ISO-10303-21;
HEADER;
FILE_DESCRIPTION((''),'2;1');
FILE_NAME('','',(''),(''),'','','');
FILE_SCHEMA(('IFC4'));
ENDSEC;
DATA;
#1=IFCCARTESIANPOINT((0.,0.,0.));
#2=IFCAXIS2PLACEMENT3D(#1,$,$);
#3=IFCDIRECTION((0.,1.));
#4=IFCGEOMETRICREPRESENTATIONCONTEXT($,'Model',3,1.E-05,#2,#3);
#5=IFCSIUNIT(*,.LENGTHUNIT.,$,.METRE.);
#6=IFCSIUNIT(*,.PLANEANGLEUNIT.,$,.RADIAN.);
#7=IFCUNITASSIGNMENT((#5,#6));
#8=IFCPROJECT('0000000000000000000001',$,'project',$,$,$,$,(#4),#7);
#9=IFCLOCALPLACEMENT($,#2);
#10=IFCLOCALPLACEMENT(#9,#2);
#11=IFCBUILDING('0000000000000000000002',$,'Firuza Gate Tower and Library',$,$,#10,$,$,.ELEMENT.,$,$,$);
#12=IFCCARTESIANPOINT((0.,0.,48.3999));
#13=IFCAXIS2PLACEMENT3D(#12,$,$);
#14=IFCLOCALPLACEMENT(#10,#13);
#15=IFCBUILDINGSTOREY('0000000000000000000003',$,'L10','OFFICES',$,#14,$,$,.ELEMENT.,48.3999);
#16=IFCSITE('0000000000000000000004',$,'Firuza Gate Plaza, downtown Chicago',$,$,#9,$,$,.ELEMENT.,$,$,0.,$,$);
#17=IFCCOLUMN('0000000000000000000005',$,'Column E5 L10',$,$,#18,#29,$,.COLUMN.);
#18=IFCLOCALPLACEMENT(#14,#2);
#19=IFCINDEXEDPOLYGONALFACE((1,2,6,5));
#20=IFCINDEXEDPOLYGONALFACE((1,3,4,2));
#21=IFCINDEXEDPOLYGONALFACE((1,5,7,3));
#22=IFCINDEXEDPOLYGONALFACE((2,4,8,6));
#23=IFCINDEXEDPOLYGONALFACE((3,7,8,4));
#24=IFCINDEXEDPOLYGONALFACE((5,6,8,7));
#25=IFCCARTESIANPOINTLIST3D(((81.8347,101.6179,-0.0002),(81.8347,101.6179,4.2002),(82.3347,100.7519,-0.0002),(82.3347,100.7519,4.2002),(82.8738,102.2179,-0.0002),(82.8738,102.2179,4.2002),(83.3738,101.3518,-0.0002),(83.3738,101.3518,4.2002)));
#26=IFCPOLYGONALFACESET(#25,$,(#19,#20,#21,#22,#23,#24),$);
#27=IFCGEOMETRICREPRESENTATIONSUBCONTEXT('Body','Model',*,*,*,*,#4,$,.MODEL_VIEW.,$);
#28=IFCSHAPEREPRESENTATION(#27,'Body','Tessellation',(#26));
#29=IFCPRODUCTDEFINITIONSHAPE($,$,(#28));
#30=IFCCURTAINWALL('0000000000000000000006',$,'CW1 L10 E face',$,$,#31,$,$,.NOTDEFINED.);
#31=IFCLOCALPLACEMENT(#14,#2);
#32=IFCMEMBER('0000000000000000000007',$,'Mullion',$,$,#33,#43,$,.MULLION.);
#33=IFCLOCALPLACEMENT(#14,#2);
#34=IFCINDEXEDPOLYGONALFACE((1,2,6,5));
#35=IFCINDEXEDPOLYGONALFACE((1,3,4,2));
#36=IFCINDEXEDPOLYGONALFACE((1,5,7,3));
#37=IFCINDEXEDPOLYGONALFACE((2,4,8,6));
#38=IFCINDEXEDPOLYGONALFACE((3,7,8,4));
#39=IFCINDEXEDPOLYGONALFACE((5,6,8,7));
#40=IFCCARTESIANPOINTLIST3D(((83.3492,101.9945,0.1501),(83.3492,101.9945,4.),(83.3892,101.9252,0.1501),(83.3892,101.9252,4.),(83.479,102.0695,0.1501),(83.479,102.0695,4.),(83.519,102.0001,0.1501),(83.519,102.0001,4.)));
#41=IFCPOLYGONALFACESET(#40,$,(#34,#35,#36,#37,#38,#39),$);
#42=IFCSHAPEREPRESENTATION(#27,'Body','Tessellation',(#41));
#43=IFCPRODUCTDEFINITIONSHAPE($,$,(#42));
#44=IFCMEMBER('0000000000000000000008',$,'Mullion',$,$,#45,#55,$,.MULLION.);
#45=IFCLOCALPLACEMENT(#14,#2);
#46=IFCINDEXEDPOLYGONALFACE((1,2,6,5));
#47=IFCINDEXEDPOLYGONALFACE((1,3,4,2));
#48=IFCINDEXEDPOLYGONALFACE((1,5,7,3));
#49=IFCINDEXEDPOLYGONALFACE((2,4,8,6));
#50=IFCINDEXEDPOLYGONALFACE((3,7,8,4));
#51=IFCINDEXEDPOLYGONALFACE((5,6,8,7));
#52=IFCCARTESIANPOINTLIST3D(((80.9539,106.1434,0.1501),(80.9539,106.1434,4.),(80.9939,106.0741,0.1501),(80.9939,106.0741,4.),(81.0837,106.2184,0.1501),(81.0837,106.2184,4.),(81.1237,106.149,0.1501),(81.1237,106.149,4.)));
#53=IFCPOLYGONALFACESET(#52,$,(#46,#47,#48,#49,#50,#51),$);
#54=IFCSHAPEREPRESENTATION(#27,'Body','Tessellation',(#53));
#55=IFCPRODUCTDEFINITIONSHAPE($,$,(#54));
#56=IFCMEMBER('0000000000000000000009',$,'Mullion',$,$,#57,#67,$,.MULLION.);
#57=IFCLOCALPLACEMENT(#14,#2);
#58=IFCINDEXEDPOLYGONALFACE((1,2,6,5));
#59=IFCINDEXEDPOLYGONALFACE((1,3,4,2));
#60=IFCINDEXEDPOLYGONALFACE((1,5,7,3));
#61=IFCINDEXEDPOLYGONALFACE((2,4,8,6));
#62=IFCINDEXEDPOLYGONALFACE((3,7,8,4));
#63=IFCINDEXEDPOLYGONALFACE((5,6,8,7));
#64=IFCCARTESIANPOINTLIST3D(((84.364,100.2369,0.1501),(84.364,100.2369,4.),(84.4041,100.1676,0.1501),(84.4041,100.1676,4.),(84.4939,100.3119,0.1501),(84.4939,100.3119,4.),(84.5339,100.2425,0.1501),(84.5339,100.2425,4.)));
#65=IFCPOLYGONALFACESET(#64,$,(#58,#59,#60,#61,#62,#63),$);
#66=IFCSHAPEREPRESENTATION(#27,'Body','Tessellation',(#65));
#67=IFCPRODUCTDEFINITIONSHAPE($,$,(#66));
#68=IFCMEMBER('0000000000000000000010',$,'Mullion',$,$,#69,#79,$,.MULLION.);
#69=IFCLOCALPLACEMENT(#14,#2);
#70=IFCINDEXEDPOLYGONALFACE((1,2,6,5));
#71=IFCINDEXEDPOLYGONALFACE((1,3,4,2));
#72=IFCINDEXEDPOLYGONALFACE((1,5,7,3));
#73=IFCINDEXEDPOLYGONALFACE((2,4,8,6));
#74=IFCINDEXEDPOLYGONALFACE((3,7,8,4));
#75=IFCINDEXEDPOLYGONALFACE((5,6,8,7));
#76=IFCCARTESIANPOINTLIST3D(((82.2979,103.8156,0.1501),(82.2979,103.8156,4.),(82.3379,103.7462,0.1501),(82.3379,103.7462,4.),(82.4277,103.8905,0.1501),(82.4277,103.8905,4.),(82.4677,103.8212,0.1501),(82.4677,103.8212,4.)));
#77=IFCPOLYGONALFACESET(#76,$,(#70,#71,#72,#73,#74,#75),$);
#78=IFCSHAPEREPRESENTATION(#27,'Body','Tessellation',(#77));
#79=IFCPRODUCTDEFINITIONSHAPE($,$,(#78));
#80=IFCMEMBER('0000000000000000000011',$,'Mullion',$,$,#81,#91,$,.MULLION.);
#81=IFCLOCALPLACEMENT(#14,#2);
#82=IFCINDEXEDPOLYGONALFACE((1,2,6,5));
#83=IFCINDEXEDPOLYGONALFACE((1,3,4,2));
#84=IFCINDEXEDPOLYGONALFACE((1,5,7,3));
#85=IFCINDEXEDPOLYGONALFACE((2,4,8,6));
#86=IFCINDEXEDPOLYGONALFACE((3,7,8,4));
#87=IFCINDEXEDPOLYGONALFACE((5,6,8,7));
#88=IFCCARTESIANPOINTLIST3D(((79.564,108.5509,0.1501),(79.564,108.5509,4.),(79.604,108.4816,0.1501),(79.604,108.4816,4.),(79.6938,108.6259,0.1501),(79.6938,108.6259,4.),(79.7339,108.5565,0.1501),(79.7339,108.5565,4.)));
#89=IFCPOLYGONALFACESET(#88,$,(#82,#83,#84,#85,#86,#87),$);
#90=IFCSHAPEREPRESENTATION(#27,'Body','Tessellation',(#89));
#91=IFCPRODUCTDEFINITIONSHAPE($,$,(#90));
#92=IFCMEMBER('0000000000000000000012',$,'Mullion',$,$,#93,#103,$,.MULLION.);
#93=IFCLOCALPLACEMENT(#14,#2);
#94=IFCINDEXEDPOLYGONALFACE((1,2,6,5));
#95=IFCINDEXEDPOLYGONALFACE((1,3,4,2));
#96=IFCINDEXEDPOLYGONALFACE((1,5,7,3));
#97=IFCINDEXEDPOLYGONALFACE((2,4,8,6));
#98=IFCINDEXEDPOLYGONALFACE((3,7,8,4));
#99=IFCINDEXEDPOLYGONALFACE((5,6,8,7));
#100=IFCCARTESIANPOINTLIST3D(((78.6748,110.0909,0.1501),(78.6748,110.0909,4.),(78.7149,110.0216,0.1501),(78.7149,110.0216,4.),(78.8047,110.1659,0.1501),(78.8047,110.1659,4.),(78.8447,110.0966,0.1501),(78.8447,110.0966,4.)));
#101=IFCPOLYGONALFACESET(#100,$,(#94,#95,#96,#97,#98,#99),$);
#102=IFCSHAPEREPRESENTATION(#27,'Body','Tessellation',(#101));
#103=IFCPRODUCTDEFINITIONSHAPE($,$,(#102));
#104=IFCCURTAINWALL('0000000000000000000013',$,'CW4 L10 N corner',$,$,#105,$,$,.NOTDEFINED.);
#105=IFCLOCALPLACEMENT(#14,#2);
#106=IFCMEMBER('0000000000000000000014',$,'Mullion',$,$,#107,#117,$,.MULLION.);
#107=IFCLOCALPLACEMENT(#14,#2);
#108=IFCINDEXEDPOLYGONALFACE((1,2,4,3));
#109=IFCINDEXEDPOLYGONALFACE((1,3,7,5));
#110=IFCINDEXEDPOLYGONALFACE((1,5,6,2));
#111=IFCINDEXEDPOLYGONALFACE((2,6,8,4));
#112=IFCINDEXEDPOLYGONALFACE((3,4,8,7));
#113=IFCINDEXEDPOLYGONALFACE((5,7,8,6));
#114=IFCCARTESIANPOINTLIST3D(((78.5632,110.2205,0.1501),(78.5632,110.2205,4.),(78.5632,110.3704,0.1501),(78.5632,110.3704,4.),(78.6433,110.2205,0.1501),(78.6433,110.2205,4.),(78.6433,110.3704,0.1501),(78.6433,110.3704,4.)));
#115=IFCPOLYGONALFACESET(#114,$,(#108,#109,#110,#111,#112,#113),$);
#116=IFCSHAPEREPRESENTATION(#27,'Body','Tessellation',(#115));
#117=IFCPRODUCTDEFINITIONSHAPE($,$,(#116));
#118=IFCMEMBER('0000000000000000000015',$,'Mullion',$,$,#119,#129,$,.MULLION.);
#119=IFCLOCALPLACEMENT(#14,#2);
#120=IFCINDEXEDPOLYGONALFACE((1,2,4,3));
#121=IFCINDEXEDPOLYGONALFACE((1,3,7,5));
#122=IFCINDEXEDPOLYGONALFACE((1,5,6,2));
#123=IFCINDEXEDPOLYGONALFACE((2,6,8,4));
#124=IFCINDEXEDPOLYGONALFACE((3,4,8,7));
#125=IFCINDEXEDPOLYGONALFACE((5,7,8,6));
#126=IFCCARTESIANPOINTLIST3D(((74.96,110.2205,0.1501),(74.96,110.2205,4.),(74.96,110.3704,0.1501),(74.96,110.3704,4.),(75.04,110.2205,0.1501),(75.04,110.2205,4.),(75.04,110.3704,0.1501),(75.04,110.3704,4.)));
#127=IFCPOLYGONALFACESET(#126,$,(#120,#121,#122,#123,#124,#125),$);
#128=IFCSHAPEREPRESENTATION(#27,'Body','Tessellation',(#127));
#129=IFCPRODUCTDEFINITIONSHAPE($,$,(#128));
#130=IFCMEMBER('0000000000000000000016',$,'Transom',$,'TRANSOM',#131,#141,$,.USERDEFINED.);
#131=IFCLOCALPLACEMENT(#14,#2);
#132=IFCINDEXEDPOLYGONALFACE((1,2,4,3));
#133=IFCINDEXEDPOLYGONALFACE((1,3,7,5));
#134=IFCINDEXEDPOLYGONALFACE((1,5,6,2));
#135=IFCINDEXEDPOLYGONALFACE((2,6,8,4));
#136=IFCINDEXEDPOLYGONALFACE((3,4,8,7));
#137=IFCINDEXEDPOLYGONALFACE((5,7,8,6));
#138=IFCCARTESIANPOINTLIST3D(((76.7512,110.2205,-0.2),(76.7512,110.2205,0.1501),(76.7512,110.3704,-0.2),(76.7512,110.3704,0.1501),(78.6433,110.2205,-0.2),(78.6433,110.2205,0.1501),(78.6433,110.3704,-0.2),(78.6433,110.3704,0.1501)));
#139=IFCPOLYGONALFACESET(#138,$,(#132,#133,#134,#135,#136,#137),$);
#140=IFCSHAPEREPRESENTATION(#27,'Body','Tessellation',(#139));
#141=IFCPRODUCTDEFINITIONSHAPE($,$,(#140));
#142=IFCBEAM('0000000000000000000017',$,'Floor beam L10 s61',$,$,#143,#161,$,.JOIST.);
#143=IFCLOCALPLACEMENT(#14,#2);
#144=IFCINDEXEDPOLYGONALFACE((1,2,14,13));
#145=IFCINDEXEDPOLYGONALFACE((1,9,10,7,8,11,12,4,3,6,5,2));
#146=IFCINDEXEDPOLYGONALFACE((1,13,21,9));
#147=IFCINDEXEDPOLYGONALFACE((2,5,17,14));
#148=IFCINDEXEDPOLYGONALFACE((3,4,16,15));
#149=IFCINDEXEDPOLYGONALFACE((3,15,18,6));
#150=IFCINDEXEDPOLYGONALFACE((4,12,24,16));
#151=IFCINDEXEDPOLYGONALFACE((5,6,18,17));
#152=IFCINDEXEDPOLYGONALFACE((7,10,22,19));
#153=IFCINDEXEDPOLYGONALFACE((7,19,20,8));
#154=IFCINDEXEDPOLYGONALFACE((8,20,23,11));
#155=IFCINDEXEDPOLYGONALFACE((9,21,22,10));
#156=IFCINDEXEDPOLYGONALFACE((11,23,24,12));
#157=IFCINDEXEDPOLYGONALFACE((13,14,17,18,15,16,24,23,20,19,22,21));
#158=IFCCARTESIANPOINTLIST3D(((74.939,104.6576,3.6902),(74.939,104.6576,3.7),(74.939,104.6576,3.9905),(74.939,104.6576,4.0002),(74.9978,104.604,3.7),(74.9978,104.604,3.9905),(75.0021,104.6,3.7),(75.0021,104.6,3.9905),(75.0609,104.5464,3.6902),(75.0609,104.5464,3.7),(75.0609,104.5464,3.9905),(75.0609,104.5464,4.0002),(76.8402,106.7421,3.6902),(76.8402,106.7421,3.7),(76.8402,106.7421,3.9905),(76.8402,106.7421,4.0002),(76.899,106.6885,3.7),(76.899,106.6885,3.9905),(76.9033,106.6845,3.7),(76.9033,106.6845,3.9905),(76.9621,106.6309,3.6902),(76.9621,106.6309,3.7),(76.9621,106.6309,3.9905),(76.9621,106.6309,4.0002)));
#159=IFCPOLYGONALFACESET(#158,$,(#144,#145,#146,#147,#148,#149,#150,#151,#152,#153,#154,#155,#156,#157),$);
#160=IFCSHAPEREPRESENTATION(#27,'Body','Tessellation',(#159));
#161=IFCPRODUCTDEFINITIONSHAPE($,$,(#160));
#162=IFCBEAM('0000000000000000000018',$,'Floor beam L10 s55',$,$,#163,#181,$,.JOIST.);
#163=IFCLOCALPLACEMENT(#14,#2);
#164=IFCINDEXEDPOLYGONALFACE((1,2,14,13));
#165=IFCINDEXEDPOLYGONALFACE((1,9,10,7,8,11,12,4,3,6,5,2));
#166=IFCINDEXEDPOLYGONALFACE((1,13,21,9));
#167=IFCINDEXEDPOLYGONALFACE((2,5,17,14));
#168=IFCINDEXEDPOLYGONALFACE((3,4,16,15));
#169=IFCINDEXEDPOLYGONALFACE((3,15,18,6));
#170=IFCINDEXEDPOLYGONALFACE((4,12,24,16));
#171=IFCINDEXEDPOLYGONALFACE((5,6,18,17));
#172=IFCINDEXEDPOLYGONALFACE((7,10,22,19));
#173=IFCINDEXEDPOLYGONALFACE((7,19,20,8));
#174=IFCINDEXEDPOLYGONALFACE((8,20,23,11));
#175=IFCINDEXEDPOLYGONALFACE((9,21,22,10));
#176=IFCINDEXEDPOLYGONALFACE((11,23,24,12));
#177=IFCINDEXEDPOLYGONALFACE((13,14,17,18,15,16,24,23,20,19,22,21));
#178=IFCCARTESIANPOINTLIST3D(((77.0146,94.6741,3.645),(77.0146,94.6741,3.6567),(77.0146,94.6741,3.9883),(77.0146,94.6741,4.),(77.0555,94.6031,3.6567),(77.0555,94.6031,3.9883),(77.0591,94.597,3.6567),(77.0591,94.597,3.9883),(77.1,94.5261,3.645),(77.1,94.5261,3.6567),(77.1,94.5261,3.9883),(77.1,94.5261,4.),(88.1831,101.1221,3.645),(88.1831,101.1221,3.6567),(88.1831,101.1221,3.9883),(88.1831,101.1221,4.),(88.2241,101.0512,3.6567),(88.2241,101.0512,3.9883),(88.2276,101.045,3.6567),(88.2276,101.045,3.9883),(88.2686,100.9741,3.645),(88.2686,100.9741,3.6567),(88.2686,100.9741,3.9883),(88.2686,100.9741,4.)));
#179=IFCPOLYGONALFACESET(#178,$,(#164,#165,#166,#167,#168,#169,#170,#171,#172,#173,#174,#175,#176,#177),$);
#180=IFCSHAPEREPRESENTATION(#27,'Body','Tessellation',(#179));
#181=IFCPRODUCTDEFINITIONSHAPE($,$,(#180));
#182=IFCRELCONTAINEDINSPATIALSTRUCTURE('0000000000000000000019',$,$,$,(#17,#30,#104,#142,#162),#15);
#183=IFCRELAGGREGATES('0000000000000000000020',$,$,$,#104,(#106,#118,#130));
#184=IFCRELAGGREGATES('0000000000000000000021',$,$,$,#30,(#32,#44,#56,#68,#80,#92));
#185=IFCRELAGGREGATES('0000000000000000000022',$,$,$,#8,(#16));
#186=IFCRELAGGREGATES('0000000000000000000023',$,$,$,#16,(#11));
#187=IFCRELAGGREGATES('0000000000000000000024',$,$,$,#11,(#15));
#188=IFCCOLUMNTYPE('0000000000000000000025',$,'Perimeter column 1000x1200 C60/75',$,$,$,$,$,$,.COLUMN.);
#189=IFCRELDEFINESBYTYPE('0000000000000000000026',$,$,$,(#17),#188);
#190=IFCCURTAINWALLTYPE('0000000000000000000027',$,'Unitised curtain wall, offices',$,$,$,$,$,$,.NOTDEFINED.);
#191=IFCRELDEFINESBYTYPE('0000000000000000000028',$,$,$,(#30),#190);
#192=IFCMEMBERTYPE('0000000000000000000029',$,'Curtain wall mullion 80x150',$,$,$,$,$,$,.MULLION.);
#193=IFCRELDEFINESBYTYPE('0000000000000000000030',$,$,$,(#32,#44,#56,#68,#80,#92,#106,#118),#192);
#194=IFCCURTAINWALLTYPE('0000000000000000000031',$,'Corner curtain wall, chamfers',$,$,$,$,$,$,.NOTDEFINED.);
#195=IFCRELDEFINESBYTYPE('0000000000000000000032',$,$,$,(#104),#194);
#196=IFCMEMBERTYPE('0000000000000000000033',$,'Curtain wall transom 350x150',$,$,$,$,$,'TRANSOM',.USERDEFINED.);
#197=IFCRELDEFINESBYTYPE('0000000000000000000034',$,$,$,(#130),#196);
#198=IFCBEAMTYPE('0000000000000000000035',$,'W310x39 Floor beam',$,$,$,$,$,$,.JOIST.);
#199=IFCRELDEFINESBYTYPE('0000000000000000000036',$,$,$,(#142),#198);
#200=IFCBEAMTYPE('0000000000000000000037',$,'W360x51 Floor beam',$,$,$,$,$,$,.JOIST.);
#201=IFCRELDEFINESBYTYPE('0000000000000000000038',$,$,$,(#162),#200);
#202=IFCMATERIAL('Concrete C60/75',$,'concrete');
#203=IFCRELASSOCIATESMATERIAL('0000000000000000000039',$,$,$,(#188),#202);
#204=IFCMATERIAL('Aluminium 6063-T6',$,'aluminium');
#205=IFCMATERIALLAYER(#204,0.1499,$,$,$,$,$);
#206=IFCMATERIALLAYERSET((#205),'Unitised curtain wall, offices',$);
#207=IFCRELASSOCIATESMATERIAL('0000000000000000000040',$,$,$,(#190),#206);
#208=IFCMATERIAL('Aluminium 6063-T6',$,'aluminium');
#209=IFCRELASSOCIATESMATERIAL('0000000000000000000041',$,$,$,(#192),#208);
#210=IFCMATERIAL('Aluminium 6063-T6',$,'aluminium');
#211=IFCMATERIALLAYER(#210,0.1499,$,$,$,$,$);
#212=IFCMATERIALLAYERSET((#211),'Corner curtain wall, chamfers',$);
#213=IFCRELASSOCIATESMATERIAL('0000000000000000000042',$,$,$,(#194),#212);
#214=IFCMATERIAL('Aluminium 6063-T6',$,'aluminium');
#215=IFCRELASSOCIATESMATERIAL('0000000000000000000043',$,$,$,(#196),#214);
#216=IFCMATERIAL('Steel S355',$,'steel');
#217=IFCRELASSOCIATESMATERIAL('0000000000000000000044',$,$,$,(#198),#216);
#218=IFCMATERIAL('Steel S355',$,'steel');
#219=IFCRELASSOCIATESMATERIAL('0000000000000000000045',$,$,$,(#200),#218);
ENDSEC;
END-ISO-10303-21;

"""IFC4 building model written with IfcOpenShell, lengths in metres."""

from ifc_helpers import new_model, si_unit, direction, frame, origin, origin_2d, place, context, subcontext, project, spatial, rectangle, i_section, extrude, material, layer, layer_set, material_profile, profile_set, type_object, element, aggregate, save


model = new_model("IFC4")

# Units and contexts
model_context = context("Model", 3, precision=1e-05, world=origin(), true_north=direction((0.0, 1.0)))
body_context = subcontext(model_context, "Body", "Model", "MODEL_VIEW")
ifc_project = project(units=[si_unit("LENGTHUNIT", "METRE"), si_unit("PLANEANGLEUNIT", "RADIAN")], contexts=[model_context])

# Site, building, storey
site_placement = place(None, origin())
site = spatial("IfcSite", under=ifc_project, at=site_placement, Name="Firuza Gate Plaza, downtown Chicago", CompositionType="ELEMENT", RefElevation=0.0)
building_placement = place(site_placement, origin())
building = spatial("IfcBuilding", under=site, at=building_placement, Name="Firuza Gate Tower and Library", CompositionType="ELEMENT")
storey_placement = place(building_placement, frame((0.0, 0.0, 48.3999)))
storey = spatial("IfcBuildingStorey", under=building, at=storey_placement, Name="L10", Description="OFFICES", CompositionType="ELEMENT", Elevation=48.3999)

# Column
ifc_material_1 = material(Name="Concrete C60/75", Category="concrete")
ifc_material_profile_1 = material_profile(ifc_material_1, rectangle(XDim=1.0, YDim=1.2, at=origin_2d()))
ifc_profile_set_1 = profile_set([ifc_material_profile_1], Name="Concrete C60/75")
column_type = type_object("IfcColumnType", Name="Perimeter column 1000x1200 C60/75", PredefinedType="COLUMN", material=ifc_profile_set_1)
column_placement = place(storey_placement, frame((82.6042, 101.4849, -0.0002), z_axis=(0.0, 0.0, 1.0), x_axis=(-0.5, 0.866025, 0.0)))
element("IfcColumn", 1, at=column_placement, inside=storey, type_object=column_type, Name="Column E5 L10", PredefinedType="COLUMN", context=body_context, shape_type="SweptSolid", body=[
    extrude(rectangle(XDim=1.0, YDim=1.2, at=origin_2d()), origin(), (0.0, 0.0, 1.0), 4.2004),
])

# Curtain walls, members
ifc_material_2 = material(Name="Aluminium 6063-T6", Category="aluminium")
ifc_layer_1 = layer(ifc_material_2, 0.1499)
ifc_layer_set_1 = layer_set([ifc_layer_1], Name="Unitised curtain wall, offices")
curtain_wall_type_1 = type_object("IfcCurtainWallType", Name="Unitised curtain wall, offices", PredefinedType="NOTDEFINED", material=ifc_layer_set_1)
placement = place(storey_placement, origin())
curtain_wall_1 = element("IfcCurtainWall", 2, at=placement, inside=storey, type_object=curtain_wall_type_1, Name="CW1 L10 E face", PredefinedType="NOTDEFINED")
ifc_material_3 = material(Name="Aluminium 6063-T6", Category="aluminium")
ifc_material_profile_2 = material_profile(ifc_material_3, rectangle(XDim=0.1499, YDim=0.0801, at=origin_2d()))
ifc_profile_set_2 = profile_set([ifc_material_profile_2], Name="Aluminium 6063-T6")
member_type_1 = type_object("IfcMemberType", Name="Curtain wall mullion 80x150", PredefinedType="MULLION", material=ifc_profile_set_2)
member_1_placement = place(storey_placement, frame((83.4341, 101.9973, 0.1501), z_axis=(0.0, 0.0, 1.0), x_axis=(-0.866025, -0.5, 0.0)))
member_1 = element("IfcMember", 3, at=member_1_placement, type_object=member_type_1, Name="Mullion", PredefinedType="MULLION", context=body_context, shape_type="SweptSolid", body=[
    extrude(rectangle(XDim=0.1499, YDim=0.0801, at=origin_2d()), origin(), (0.0, 0.0, 1.0), 3.8499),
])
member_2_placement = place(storey_placement, frame((81.0388, 106.1462, 0.1501), z_axis=(0.0, 0.0, 1.0), x_axis=(-0.866025, -0.5, 0.0)))
member_2 = element("IfcMember", 4, at=member_2_placement, type_object=member_type_1, Name="Mullion", PredefinedType="MULLION", context=body_context, shape_type="SweptSolid", body=[
    extrude(rectangle(XDim=0.1499, YDim=0.0801, at=origin_2d()), origin(), (0.0, 0.0, 1.0), 3.8499),
])
member_3_placement = place(storey_placement, frame((84.449, 100.2397, 0.1501), z_axis=(0.0, 0.0, 1.0), x_axis=(-0.866025, -0.5, 0.0)))
member_3 = element("IfcMember", 5, at=member_3_placement, type_object=member_type_1, Name="Mullion", PredefinedType="MULLION", context=body_context, shape_type="SweptSolid", body=[
    extrude(rectangle(XDim=0.1499, YDim=0.0801, at=origin_2d()), origin(), (0.0, 0.0, 1.0), 3.8499),
])
member_4_placement = place(storey_placement, frame((82.3828, 103.8184, 0.1501), z_axis=(0.0, 0.0, 1.0), x_axis=(-0.866025, -0.5, 0.0)))
member_4 = element("IfcMember", 6, at=member_4_placement, type_object=member_type_1, Name="Mullion", PredefinedType="MULLION", context=body_context, shape_type="SweptSolid", body=[
    extrude(rectangle(XDim=0.1499, YDim=0.0801, at=origin_2d()), origin(), (0.0, 0.0, 1.0), 3.8499),
])
member_5_placement = place(storey_placement, frame((79.6489, 108.5537, 0.1501), z_axis=(0.0, 0.0, 1.0), x_axis=(-0.866025, -0.5, 0.0)))
member_5 = element("IfcMember", 7, at=member_5_placement, type_object=member_type_1, Name="Mullion", PredefinedType="MULLION", context=body_context, shape_type="SweptSolid", body=[
    extrude(rectangle(XDim=0.1499, YDim=0.0801, at=origin_2d()), origin(), (0.0, 0.0, 1.0), 3.8499),
])
member_6_placement = place(storey_placement, frame((78.7598, 110.0938, 0.1501), z_axis=(0.0, 0.0, 1.0), x_axis=(-0.866025, -0.5, 0.0)))
member_6 = element("IfcMember", 8, at=member_6_placement, type_object=member_type_1, Name="Mullion", PredefinedType="MULLION", context=body_context, shape_type="SweptSolid", body=[
    extrude(rectangle(XDim=0.1499, YDim=0.0801, at=origin_2d()), origin(), (0.0, 0.0, 1.0), 3.8499),
])
ifc_material_4 = material(Name="Aluminium 6063-T6", Category="aluminium")
ifc_layer_2 = layer(ifc_material_4, 0.1499)
ifc_layer_set_2 = layer_set([ifc_layer_2], Name="Corner curtain wall, chamfers")
curtain_wall_type_2 = type_object("IfcCurtainWallType", Name="Corner curtain wall, chamfers", PredefinedType="NOTDEFINED", material=ifc_layer_set_2)
curtain_wall_2 = element("IfcCurtainWall", 9, at=placement, inside=storey, type_object=curtain_wall_type_2, Name="CW4 L10 N corner", PredefinedType="NOTDEFINED")
member_7_placement = place(storey_placement, frame((78.6033, 110.2954, 0.1501), z_axis=(0.0, 0.0, 1.0), x_axis=(0.0, -1.0, 0.0)))
member_7 = element("IfcMember", 10, at=member_7_placement, type_object=member_type_1, Name="Mullion", PredefinedType="MULLION", context=body_context, shape_type="SweptSolid", body=[
    extrude(rectangle(XDim=0.1499, YDim=0.0801, at=origin_2d()), origin(), (0.0, 0.0, 1.0), 3.8499),
])
member_8_placement = place(storey_placement, frame((75.0, 110.2954, 0.1501), z_axis=(0.0, 0.0, 1.0), x_axis=(0.0, -1.0, 0.0)))
member_8 = element("IfcMember", 11, at=member_8_placement, type_object=member_type_1, Name="Mullion", PredefinedType="MULLION", context=body_context, shape_type="SweptSolid", body=[
    extrude(rectangle(XDim=0.1499, YDim=0.0801, at=origin_2d()), origin(), (0.0, 0.0, 1.0), 3.8499),
])
ifc_material_5 = material(Name="Aluminium 6063-T6", Category="aluminium")
ifc_material_profile_3 = material_profile(ifc_material_5, rectangle(XDim=0.1499, YDim=0.3501, at=origin_2d()))
ifc_profile_set_3 = profile_set([ifc_material_profile_3], Name="Aluminium 6063-T6")
member_type_2 = type_object("IfcMemberType", Name="Curtain wall transom 350x150", ElementType="TRANSOM", PredefinedType="USERDEFINED", material=ifc_profile_set_3)
member_9_placement = place(storey_placement, frame((78.6433, 110.2954, -0.0249), z_axis=(-1.0, 0.0, 0.0), x_axis=(0.0, -1.0, 0.0)))
member_9 = element("IfcMember", 12, at=member_9_placement, type_object=member_type_2, Name="Transom", ObjectType="TRANSOM", PredefinedType="USERDEFINED", context=body_context, shape_type="SweptSolid", body=[
    extrude(rectangle(XDim=0.1499, YDim=0.3501, at=origin_2d()), origin(), (0.0, 0.0, 1.0), 1.8921),
])

# Beams
ifc_material_6 = material(Name="Steel S355", Category="steel")
ifc_material_profile_4 = material_profile(ifc_material_6, i_section(OverallWidth=0.165, OverallDepth=0.3101, WebThickness=0.0059, FlangeThickness=0.0098, at=origin_2d()))
ifc_profile_set_4 = profile_set([ifc_material_profile_4], Name="Steel S355")
beam_type_1 = type_object("IfcBeamType", Name="W310x39 Floor beam", PredefinedType="JOIST", material=ifc_profile_set_4)
beam_1_placement = place(storey_placement, frame((76.9011, 106.6865, 3.8452), z_axis=(-0.673865, -0.738854, 0.0), x_axis=(0.738854, -0.673865, 0.0)))
element("IfcBeam", 13, at=beam_1_placement, inside=storey, type_object=beam_type_1, Name="Floor beam L10 s61", PredefinedType="JOIST", context=body_context, shape_type="SweptSolid", body=[
    extrude(i_section(OverallWidth=0.165, OverallDepth=0.3101, WebThickness=0.0059, FlangeThickness=0.0098, at=origin_2d()), origin(), (0.0, 0.0, 1.0), 2.8213),
])
ifc_material_7 = material(Name="Steel S355", Category="steel")
ifc_material_profile_5 = material_profile(ifc_material_7, i_section(OverallWidth=0.1709, OverallDepth=0.355, WebThickness=0.0071, FlangeThickness=0.0117, at=origin_2d()))
ifc_profile_set_5 = profile_set([ifc_material_profile_5], Name="Steel S355")
beam_type_2 = type_object("IfcBeamType", Name="W360x51 Floor beam", PredefinedType="JOIST", material=ifc_profile_set_5)
beam_2_placement = place(storey_placement, frame((88.2258, 101.0481, 3.8225), z_axis=(-0.866029, -0.499993, 0.0), x_axis=(0.499993, -0.866029, 0.0)))
element("IfcBeam", 14, at=beam_2_placement, inside=storey, type_object=beam_type_2, Name="Floor beam L10 s55", PredefinedType="JOIST", context=body_context, shape_type="SweptSolid", body=[
    extrude(i_section(OverallWidth=0.1709, OverallDepth=0.355, WebThickness=0.0071, FlangeThickness=0.0117, at=origin_2d()), origin(), (0.0, 0.0, 1.0), 12.8962),
])

aggregate(curtain_wall_2, [member_7, member_8, member_9])
aggregate(curtain_wall_1, [member_1, member_2, member_3, member_4, member_5, member_6])

save(model, "model.ifc")
